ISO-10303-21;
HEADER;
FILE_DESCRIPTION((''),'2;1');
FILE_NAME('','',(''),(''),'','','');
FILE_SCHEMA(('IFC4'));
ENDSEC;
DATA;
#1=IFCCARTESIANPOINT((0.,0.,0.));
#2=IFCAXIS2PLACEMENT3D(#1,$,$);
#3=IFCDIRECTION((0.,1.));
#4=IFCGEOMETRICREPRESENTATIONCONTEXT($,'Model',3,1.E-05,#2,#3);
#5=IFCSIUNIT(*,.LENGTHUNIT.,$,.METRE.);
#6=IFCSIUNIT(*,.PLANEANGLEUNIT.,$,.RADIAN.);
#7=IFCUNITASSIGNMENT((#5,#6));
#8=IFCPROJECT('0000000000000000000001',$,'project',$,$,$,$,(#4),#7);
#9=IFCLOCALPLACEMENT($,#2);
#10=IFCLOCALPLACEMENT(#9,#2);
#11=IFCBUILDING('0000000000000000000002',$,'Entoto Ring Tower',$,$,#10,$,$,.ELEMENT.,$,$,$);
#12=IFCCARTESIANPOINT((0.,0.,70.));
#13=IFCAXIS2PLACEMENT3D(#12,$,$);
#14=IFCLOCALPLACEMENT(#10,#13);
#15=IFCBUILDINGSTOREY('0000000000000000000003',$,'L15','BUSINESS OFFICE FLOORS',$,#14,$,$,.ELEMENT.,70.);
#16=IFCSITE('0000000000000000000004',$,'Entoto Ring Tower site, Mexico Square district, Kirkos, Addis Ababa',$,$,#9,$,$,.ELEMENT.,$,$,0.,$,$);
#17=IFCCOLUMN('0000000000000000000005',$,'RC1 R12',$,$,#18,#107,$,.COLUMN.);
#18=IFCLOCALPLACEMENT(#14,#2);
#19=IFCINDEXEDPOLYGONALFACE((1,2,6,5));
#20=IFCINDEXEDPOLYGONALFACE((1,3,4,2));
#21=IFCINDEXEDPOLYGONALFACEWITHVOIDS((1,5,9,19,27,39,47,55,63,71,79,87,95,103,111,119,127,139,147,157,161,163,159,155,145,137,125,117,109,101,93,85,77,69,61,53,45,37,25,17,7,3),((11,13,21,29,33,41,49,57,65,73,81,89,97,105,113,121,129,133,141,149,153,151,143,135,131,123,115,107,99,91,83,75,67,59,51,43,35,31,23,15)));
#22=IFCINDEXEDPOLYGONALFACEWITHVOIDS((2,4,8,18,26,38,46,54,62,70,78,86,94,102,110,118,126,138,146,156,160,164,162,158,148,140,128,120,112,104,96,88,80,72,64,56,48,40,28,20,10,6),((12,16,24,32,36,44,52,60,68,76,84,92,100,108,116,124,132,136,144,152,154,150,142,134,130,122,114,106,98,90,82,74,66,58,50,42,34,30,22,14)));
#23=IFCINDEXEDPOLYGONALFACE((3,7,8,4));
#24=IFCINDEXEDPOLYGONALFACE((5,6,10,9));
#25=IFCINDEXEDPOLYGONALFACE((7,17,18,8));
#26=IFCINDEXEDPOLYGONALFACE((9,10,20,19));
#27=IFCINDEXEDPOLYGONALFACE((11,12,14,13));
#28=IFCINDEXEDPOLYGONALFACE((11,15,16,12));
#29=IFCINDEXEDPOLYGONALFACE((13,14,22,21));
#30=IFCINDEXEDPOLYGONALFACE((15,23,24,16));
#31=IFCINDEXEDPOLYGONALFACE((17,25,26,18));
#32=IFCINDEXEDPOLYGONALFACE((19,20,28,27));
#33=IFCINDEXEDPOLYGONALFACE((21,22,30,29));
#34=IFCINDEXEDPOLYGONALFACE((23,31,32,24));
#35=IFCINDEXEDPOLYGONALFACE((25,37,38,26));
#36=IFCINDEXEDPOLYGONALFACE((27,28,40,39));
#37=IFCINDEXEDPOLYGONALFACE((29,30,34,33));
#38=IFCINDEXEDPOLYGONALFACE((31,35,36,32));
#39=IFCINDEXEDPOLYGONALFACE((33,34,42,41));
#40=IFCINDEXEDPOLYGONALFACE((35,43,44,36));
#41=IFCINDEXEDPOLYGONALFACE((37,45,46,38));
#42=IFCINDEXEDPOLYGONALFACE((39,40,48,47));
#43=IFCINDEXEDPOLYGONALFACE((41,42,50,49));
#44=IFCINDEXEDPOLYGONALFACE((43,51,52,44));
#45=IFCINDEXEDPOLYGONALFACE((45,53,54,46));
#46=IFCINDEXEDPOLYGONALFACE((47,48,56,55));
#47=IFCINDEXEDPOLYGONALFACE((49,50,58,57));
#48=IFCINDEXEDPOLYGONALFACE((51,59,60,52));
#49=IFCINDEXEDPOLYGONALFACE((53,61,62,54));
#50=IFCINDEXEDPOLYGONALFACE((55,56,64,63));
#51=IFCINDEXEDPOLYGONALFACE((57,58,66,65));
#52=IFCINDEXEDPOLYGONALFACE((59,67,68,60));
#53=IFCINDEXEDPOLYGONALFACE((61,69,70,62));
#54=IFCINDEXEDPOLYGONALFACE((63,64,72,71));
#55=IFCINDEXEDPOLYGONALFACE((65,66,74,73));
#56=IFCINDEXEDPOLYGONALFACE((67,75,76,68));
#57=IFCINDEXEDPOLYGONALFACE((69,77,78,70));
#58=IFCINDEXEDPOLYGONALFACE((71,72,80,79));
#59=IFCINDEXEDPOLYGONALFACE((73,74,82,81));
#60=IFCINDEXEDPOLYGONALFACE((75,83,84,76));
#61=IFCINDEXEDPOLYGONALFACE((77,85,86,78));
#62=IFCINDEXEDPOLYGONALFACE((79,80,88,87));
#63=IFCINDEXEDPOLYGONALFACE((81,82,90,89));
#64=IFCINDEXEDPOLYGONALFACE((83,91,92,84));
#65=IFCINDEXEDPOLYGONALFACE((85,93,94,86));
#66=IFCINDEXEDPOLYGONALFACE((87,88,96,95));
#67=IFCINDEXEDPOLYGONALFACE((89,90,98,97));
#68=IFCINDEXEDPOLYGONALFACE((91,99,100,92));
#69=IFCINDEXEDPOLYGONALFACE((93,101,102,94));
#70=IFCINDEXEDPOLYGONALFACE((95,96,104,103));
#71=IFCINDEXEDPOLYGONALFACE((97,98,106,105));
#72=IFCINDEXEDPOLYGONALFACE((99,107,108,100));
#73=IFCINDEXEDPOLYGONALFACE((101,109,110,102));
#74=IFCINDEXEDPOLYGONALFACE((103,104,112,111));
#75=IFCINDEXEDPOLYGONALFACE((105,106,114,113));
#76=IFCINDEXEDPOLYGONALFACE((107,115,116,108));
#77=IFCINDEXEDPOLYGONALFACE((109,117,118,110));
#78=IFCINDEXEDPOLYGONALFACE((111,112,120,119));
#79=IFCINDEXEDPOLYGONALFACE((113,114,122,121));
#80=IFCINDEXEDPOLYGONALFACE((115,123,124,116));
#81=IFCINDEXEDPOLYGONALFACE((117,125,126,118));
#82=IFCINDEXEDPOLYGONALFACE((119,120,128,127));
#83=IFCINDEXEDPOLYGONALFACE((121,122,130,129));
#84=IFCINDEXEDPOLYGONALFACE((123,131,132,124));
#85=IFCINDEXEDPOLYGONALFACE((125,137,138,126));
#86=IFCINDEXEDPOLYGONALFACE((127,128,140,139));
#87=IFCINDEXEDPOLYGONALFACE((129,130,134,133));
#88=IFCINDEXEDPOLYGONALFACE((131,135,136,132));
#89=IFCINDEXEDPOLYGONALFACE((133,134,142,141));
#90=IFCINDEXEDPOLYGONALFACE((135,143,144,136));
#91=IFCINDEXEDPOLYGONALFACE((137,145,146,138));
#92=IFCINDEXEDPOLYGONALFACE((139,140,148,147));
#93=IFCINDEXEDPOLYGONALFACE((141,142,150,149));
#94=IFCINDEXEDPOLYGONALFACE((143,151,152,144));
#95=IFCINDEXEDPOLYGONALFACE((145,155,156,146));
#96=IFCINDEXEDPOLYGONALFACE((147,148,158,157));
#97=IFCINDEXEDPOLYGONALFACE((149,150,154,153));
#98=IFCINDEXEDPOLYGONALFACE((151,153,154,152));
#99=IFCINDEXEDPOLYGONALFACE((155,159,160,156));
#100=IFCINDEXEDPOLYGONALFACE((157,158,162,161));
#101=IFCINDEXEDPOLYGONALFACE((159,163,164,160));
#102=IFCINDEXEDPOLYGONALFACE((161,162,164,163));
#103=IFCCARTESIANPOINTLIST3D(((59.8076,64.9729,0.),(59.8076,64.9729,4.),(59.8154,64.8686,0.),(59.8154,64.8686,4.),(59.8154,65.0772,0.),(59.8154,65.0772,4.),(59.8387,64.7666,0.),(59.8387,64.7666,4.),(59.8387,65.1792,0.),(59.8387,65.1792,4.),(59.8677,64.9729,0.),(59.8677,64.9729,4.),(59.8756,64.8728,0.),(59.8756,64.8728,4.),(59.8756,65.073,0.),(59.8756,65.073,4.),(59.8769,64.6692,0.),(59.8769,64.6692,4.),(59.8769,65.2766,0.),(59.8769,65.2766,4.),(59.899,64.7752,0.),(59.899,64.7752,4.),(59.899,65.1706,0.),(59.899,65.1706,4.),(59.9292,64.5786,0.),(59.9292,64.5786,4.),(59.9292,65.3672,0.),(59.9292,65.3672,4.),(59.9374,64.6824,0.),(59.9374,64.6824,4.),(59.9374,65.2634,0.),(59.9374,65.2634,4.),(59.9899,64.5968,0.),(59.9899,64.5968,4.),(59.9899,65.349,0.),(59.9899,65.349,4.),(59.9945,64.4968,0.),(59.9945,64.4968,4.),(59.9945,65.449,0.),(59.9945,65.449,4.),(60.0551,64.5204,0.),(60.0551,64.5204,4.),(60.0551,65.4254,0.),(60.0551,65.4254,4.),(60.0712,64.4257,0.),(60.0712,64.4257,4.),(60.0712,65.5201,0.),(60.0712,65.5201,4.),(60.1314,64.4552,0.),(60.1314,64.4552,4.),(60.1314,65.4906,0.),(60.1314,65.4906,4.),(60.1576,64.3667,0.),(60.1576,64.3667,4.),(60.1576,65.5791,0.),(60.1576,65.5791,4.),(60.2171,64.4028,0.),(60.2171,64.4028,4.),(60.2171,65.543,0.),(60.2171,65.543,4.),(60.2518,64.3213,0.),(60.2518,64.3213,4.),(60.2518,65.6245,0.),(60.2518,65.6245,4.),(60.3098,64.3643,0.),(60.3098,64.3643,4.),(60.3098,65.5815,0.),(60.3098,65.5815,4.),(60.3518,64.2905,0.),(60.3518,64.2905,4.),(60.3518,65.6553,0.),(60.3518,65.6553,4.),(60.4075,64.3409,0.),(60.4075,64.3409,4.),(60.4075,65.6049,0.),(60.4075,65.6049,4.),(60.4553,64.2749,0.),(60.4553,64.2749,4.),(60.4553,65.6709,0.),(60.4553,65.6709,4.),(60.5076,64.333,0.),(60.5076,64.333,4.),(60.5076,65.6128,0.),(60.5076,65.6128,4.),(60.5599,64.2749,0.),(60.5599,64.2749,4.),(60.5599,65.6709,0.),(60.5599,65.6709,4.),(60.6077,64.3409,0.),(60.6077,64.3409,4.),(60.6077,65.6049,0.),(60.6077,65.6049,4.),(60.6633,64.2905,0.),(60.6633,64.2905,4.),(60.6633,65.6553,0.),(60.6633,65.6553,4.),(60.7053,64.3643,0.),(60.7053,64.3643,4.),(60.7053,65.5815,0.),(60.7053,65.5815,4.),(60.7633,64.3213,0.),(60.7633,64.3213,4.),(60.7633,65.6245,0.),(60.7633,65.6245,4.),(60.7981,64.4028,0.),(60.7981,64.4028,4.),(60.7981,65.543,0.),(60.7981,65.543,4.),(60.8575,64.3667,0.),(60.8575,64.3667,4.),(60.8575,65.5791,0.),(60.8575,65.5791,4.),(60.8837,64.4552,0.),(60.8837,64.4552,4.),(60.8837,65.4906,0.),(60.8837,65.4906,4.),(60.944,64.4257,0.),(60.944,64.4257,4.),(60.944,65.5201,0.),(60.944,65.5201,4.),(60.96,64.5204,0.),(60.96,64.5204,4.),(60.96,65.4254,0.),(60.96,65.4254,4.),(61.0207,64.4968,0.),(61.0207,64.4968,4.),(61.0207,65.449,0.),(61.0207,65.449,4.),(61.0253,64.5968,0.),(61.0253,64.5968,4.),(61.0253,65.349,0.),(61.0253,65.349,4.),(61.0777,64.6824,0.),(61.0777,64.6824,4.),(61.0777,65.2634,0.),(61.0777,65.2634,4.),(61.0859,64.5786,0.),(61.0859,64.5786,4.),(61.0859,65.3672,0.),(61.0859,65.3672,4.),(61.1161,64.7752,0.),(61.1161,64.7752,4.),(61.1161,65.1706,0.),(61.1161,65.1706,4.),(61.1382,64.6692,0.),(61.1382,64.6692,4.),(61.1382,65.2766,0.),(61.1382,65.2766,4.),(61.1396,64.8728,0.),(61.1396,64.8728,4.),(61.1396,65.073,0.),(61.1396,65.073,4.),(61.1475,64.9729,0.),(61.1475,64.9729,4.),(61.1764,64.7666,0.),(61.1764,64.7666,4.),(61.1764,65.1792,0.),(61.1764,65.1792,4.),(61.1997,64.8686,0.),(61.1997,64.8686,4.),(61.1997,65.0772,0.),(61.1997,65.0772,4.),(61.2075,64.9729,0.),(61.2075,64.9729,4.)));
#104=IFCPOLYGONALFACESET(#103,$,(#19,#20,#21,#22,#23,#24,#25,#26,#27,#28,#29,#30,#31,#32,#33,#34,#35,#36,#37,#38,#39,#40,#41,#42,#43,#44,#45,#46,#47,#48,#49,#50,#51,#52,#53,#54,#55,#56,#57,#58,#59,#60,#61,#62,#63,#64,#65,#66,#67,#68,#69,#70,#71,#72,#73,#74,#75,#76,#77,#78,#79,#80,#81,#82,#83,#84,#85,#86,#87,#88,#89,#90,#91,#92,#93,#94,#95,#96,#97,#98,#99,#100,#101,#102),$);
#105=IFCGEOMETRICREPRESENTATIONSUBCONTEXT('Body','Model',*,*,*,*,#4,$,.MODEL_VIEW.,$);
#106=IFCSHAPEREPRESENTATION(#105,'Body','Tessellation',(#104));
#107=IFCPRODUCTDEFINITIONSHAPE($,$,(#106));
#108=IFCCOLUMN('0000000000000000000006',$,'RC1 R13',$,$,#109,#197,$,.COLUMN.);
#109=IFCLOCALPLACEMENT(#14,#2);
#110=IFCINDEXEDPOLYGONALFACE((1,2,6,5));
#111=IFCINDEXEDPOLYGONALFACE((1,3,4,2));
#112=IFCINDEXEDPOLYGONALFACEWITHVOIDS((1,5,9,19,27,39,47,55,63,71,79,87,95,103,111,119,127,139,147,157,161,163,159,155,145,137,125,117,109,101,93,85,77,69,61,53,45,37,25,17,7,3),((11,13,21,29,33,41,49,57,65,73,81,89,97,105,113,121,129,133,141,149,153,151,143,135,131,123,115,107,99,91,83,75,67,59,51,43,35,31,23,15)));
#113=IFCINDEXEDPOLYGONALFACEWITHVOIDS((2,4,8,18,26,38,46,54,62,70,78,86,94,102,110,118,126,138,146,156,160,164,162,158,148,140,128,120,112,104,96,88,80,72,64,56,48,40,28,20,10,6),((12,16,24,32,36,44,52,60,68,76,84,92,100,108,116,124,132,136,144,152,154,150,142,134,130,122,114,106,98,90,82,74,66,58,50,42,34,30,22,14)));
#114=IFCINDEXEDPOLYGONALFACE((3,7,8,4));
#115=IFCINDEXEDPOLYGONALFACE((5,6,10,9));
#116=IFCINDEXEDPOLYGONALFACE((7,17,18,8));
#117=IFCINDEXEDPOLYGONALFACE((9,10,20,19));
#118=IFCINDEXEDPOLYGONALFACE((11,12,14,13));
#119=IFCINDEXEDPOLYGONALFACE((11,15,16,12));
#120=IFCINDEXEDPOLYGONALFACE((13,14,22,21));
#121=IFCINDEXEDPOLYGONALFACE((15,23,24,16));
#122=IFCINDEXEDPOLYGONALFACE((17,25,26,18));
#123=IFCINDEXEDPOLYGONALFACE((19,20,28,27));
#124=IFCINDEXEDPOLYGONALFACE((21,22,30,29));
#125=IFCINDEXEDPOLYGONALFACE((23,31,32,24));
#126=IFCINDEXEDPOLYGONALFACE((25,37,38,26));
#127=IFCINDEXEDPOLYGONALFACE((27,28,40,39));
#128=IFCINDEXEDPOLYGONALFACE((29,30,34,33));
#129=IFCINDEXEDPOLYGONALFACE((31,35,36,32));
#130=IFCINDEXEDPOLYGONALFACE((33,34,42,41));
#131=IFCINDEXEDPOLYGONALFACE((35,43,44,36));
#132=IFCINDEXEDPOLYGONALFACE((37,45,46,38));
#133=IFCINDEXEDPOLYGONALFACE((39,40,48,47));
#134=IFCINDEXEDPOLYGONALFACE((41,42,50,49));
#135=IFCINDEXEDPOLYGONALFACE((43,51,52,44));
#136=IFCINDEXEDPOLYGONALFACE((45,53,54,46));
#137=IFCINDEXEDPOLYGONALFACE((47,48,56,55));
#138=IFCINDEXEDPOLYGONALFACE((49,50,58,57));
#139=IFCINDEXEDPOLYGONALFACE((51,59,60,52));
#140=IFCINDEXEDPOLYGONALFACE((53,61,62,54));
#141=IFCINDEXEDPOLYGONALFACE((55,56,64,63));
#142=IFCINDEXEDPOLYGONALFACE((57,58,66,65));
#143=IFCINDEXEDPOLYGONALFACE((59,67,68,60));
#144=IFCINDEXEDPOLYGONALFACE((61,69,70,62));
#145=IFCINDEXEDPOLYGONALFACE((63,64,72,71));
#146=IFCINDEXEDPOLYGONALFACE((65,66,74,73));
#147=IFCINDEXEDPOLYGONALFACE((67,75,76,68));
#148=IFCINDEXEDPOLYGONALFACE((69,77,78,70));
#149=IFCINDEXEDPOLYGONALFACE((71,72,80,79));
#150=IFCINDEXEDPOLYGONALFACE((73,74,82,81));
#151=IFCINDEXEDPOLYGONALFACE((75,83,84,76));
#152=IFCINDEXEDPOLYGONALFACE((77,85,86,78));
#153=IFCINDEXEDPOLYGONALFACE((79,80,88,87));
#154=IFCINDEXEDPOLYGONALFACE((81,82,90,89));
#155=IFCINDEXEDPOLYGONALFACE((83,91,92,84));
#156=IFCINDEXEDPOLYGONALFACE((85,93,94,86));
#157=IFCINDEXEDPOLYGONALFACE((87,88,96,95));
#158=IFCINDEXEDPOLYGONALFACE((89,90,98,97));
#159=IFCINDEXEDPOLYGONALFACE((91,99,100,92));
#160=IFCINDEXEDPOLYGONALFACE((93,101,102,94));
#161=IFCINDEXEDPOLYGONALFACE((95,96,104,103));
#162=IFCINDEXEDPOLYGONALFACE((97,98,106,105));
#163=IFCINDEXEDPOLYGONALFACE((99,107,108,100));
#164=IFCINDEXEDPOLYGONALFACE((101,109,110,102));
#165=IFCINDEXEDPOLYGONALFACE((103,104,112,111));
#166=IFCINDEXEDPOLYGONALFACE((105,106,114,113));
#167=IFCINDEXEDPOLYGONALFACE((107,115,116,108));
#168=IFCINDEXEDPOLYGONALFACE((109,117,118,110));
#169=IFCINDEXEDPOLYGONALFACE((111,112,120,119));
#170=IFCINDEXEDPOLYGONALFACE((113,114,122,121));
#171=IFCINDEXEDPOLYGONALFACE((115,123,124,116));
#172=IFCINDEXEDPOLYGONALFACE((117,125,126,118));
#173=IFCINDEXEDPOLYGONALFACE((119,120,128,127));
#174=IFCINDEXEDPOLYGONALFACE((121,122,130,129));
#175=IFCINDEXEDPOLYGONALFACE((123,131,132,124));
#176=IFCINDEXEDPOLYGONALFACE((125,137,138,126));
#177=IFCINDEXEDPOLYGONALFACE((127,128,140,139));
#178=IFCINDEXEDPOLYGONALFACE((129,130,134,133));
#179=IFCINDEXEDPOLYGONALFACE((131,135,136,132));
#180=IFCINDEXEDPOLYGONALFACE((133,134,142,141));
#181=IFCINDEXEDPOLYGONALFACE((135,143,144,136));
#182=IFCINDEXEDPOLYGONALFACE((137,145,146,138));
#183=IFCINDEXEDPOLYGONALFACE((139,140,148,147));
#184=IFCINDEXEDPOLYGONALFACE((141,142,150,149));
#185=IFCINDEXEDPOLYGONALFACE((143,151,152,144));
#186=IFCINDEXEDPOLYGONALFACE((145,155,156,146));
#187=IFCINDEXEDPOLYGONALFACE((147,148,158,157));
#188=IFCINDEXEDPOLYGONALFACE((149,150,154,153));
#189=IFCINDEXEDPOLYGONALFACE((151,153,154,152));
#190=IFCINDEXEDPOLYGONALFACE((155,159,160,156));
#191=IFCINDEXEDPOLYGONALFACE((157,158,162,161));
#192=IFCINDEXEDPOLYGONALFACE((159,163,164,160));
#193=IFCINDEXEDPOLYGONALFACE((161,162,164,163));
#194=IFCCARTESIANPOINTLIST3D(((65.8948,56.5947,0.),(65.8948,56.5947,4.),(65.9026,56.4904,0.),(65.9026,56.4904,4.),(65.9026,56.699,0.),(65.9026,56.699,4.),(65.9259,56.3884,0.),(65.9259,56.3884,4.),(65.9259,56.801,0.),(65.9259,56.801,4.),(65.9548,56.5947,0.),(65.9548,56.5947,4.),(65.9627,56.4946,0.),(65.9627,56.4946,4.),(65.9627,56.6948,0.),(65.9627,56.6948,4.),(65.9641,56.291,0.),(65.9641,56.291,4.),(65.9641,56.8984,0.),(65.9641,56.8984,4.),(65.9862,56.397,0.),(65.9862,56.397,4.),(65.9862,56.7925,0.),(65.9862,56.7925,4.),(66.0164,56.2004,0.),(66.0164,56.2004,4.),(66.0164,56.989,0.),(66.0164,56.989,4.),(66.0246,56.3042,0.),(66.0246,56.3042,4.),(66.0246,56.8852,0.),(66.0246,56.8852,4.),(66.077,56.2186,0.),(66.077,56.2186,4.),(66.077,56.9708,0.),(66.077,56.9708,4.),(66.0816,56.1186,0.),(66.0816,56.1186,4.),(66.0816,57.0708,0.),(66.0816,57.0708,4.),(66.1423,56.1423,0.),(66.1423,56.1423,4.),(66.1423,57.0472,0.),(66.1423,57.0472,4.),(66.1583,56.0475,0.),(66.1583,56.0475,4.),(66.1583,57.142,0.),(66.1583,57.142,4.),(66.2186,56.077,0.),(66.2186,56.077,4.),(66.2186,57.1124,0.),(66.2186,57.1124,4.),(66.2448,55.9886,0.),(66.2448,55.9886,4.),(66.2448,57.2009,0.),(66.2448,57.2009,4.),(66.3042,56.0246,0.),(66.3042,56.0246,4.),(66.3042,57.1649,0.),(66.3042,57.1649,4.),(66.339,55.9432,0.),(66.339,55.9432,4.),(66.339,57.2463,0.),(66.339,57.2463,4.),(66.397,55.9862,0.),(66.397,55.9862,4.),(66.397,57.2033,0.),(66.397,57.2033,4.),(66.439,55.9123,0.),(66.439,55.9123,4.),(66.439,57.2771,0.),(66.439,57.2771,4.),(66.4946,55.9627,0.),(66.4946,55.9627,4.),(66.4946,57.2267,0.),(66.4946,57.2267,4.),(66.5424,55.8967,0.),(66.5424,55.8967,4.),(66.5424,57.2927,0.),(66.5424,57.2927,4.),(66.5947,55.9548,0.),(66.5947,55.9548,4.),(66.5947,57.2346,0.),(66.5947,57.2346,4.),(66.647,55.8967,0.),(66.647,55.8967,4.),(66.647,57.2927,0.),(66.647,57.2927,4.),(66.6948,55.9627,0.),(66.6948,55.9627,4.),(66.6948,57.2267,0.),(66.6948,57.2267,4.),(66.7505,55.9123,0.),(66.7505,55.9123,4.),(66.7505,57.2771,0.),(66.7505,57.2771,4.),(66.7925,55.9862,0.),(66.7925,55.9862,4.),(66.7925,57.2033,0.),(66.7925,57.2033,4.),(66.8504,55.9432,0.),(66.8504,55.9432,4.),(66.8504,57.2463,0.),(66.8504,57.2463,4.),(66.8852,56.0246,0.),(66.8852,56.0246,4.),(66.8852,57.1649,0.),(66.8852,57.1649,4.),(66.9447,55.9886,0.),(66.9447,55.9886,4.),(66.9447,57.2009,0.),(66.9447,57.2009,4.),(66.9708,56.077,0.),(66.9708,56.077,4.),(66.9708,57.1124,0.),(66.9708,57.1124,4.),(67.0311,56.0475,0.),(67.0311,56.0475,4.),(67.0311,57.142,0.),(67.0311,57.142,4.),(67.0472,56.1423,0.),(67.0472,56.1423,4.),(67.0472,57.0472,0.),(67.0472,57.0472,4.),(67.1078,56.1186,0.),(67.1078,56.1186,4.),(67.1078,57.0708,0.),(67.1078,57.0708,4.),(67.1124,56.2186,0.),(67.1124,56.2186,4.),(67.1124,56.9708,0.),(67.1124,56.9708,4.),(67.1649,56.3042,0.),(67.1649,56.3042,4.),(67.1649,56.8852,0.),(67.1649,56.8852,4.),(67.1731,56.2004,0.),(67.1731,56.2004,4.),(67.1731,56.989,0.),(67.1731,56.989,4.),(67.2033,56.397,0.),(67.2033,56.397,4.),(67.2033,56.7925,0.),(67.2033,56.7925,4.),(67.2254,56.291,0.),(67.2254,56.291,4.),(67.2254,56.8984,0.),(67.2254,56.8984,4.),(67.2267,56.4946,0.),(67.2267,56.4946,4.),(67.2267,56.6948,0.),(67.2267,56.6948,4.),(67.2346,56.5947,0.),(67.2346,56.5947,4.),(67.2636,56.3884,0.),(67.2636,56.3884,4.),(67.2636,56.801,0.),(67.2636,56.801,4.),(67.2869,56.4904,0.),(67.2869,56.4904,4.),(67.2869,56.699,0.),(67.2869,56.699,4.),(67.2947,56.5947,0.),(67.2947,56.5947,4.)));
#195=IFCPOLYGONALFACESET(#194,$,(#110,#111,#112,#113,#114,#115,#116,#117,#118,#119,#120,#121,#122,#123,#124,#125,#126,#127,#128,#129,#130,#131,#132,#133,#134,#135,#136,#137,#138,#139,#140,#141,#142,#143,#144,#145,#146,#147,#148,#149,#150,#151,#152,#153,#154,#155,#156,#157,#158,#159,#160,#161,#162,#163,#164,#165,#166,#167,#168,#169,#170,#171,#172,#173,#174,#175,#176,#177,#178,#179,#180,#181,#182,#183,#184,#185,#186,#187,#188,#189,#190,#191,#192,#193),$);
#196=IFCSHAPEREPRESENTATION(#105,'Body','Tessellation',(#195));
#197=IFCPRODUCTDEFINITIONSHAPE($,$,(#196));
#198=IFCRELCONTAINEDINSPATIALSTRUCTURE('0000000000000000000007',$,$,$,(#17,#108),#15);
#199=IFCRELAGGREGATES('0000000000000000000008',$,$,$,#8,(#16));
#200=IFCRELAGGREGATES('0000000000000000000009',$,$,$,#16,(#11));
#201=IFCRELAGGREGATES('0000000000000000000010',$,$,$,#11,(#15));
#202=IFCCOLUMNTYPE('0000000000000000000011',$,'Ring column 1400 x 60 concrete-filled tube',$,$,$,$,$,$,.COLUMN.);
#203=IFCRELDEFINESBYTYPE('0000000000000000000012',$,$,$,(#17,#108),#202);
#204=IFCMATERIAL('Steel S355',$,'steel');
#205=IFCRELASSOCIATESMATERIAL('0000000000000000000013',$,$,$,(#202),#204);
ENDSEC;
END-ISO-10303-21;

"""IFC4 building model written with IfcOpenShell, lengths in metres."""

from ifc_helpers import new_model, si_unit, direction, frame, origin, origin_2d, place, context, subcontext, project, spatial, circle, hollow_circle, extrude, material, material_profile, profile_set, type_object, element, save


model = new_model("IFC4")

# Units and contexts
model_context = context("Model", 3, precision=1e-05, world=origin(), true_north=direction((0.0, 1.0)))
body_context = subcontext(model_context, "Body", "Model", "MODEL_VIEW")
ifc_project = project(units=[si_unit("LENGTHUNIT", "METRE"), si_unit("PLANEANGLEUNIT", "RADIAN")], contexts=[model_context])

# Site, building, storey
site_placement = place(None, origin())
site = spatial("IfcSite", under=ifc_project, at=site_placement, Name="Entoto Ring Tower site, Mexico Square district, Kirkos, Addis Ababa", CompositionType="ELEMENT", RefElevation=0.0)
building_placement = place(site_placement, origin())
building = spatial("IfcBuilding", under=site, at=building_placement, Name="Entoto Ring Tower", CompositionType="ELEMENT")
storey_placement = place(building_placement, frame((0.0, 0.0, 70.0)))
storey = spatial("IfcBuildingStorey", under=building, at=storey_placement, Name="L15", Description="BUSINESS OFFICE FLOORS", CompositionType="ELEMENT", Elevation=70.0)

# Columns
ifc_material_1 = material(Name="Steel S355", Category="steel")
ifc_material_profile_1 = material_profile(ifc_material_1, hollow_circle(Radius=0.7, WallThickness=0.0601, at=origin_2d()), Name="CHS 1400 x 60")
ifc_material_2 = material(Name="Concrete C60/75", Category="concrete")
ifc_material_profile_2 = material_profile(ifc_material_2, circle(Radius=0.6399, at=origin_2d()), Name="Concrete C60/75 infill")
ifc_profile_set_1 = profile_set([ifc_material_profile_1, ifc_material_profile_2], Name="Steel S355")
column_type = type_object("IfcColumnType", Name="Ring column 1400 x 60 concrete-filled tube", PredefinedType="COLUMN", material=ifc_profile_set_1)
for number, where, z_axis, x_axis, name in (
    (1, (60.5076, 64.9729, 0.0), (0.0, 0.0, 1.0), (1.0, 0.0, 0.0), "RC1 R12"),
    (2, (66.5947, 56.5947, 0.0), (0.0, 0.0, 1.0), (1.0, 0.0, 0.0), "RC1 R13"),
):
    element("IfcColumn", number, at=place(storey_placement, frame(where, z_axis=z_axis, x_axis=x_axis)), inside=storey, type_object=column_type, Name=name, PredefinedType="COLUMN", context=body_context, shape_type="SweptSolid", body=[
        extrude(hollow_circle(Radius=0.7, WallThickness=0.0601, at=origin_2d()), origin(), (0.0, 0.0, 1.0), 4.0),
    ])

save(model, "model.ifc")
